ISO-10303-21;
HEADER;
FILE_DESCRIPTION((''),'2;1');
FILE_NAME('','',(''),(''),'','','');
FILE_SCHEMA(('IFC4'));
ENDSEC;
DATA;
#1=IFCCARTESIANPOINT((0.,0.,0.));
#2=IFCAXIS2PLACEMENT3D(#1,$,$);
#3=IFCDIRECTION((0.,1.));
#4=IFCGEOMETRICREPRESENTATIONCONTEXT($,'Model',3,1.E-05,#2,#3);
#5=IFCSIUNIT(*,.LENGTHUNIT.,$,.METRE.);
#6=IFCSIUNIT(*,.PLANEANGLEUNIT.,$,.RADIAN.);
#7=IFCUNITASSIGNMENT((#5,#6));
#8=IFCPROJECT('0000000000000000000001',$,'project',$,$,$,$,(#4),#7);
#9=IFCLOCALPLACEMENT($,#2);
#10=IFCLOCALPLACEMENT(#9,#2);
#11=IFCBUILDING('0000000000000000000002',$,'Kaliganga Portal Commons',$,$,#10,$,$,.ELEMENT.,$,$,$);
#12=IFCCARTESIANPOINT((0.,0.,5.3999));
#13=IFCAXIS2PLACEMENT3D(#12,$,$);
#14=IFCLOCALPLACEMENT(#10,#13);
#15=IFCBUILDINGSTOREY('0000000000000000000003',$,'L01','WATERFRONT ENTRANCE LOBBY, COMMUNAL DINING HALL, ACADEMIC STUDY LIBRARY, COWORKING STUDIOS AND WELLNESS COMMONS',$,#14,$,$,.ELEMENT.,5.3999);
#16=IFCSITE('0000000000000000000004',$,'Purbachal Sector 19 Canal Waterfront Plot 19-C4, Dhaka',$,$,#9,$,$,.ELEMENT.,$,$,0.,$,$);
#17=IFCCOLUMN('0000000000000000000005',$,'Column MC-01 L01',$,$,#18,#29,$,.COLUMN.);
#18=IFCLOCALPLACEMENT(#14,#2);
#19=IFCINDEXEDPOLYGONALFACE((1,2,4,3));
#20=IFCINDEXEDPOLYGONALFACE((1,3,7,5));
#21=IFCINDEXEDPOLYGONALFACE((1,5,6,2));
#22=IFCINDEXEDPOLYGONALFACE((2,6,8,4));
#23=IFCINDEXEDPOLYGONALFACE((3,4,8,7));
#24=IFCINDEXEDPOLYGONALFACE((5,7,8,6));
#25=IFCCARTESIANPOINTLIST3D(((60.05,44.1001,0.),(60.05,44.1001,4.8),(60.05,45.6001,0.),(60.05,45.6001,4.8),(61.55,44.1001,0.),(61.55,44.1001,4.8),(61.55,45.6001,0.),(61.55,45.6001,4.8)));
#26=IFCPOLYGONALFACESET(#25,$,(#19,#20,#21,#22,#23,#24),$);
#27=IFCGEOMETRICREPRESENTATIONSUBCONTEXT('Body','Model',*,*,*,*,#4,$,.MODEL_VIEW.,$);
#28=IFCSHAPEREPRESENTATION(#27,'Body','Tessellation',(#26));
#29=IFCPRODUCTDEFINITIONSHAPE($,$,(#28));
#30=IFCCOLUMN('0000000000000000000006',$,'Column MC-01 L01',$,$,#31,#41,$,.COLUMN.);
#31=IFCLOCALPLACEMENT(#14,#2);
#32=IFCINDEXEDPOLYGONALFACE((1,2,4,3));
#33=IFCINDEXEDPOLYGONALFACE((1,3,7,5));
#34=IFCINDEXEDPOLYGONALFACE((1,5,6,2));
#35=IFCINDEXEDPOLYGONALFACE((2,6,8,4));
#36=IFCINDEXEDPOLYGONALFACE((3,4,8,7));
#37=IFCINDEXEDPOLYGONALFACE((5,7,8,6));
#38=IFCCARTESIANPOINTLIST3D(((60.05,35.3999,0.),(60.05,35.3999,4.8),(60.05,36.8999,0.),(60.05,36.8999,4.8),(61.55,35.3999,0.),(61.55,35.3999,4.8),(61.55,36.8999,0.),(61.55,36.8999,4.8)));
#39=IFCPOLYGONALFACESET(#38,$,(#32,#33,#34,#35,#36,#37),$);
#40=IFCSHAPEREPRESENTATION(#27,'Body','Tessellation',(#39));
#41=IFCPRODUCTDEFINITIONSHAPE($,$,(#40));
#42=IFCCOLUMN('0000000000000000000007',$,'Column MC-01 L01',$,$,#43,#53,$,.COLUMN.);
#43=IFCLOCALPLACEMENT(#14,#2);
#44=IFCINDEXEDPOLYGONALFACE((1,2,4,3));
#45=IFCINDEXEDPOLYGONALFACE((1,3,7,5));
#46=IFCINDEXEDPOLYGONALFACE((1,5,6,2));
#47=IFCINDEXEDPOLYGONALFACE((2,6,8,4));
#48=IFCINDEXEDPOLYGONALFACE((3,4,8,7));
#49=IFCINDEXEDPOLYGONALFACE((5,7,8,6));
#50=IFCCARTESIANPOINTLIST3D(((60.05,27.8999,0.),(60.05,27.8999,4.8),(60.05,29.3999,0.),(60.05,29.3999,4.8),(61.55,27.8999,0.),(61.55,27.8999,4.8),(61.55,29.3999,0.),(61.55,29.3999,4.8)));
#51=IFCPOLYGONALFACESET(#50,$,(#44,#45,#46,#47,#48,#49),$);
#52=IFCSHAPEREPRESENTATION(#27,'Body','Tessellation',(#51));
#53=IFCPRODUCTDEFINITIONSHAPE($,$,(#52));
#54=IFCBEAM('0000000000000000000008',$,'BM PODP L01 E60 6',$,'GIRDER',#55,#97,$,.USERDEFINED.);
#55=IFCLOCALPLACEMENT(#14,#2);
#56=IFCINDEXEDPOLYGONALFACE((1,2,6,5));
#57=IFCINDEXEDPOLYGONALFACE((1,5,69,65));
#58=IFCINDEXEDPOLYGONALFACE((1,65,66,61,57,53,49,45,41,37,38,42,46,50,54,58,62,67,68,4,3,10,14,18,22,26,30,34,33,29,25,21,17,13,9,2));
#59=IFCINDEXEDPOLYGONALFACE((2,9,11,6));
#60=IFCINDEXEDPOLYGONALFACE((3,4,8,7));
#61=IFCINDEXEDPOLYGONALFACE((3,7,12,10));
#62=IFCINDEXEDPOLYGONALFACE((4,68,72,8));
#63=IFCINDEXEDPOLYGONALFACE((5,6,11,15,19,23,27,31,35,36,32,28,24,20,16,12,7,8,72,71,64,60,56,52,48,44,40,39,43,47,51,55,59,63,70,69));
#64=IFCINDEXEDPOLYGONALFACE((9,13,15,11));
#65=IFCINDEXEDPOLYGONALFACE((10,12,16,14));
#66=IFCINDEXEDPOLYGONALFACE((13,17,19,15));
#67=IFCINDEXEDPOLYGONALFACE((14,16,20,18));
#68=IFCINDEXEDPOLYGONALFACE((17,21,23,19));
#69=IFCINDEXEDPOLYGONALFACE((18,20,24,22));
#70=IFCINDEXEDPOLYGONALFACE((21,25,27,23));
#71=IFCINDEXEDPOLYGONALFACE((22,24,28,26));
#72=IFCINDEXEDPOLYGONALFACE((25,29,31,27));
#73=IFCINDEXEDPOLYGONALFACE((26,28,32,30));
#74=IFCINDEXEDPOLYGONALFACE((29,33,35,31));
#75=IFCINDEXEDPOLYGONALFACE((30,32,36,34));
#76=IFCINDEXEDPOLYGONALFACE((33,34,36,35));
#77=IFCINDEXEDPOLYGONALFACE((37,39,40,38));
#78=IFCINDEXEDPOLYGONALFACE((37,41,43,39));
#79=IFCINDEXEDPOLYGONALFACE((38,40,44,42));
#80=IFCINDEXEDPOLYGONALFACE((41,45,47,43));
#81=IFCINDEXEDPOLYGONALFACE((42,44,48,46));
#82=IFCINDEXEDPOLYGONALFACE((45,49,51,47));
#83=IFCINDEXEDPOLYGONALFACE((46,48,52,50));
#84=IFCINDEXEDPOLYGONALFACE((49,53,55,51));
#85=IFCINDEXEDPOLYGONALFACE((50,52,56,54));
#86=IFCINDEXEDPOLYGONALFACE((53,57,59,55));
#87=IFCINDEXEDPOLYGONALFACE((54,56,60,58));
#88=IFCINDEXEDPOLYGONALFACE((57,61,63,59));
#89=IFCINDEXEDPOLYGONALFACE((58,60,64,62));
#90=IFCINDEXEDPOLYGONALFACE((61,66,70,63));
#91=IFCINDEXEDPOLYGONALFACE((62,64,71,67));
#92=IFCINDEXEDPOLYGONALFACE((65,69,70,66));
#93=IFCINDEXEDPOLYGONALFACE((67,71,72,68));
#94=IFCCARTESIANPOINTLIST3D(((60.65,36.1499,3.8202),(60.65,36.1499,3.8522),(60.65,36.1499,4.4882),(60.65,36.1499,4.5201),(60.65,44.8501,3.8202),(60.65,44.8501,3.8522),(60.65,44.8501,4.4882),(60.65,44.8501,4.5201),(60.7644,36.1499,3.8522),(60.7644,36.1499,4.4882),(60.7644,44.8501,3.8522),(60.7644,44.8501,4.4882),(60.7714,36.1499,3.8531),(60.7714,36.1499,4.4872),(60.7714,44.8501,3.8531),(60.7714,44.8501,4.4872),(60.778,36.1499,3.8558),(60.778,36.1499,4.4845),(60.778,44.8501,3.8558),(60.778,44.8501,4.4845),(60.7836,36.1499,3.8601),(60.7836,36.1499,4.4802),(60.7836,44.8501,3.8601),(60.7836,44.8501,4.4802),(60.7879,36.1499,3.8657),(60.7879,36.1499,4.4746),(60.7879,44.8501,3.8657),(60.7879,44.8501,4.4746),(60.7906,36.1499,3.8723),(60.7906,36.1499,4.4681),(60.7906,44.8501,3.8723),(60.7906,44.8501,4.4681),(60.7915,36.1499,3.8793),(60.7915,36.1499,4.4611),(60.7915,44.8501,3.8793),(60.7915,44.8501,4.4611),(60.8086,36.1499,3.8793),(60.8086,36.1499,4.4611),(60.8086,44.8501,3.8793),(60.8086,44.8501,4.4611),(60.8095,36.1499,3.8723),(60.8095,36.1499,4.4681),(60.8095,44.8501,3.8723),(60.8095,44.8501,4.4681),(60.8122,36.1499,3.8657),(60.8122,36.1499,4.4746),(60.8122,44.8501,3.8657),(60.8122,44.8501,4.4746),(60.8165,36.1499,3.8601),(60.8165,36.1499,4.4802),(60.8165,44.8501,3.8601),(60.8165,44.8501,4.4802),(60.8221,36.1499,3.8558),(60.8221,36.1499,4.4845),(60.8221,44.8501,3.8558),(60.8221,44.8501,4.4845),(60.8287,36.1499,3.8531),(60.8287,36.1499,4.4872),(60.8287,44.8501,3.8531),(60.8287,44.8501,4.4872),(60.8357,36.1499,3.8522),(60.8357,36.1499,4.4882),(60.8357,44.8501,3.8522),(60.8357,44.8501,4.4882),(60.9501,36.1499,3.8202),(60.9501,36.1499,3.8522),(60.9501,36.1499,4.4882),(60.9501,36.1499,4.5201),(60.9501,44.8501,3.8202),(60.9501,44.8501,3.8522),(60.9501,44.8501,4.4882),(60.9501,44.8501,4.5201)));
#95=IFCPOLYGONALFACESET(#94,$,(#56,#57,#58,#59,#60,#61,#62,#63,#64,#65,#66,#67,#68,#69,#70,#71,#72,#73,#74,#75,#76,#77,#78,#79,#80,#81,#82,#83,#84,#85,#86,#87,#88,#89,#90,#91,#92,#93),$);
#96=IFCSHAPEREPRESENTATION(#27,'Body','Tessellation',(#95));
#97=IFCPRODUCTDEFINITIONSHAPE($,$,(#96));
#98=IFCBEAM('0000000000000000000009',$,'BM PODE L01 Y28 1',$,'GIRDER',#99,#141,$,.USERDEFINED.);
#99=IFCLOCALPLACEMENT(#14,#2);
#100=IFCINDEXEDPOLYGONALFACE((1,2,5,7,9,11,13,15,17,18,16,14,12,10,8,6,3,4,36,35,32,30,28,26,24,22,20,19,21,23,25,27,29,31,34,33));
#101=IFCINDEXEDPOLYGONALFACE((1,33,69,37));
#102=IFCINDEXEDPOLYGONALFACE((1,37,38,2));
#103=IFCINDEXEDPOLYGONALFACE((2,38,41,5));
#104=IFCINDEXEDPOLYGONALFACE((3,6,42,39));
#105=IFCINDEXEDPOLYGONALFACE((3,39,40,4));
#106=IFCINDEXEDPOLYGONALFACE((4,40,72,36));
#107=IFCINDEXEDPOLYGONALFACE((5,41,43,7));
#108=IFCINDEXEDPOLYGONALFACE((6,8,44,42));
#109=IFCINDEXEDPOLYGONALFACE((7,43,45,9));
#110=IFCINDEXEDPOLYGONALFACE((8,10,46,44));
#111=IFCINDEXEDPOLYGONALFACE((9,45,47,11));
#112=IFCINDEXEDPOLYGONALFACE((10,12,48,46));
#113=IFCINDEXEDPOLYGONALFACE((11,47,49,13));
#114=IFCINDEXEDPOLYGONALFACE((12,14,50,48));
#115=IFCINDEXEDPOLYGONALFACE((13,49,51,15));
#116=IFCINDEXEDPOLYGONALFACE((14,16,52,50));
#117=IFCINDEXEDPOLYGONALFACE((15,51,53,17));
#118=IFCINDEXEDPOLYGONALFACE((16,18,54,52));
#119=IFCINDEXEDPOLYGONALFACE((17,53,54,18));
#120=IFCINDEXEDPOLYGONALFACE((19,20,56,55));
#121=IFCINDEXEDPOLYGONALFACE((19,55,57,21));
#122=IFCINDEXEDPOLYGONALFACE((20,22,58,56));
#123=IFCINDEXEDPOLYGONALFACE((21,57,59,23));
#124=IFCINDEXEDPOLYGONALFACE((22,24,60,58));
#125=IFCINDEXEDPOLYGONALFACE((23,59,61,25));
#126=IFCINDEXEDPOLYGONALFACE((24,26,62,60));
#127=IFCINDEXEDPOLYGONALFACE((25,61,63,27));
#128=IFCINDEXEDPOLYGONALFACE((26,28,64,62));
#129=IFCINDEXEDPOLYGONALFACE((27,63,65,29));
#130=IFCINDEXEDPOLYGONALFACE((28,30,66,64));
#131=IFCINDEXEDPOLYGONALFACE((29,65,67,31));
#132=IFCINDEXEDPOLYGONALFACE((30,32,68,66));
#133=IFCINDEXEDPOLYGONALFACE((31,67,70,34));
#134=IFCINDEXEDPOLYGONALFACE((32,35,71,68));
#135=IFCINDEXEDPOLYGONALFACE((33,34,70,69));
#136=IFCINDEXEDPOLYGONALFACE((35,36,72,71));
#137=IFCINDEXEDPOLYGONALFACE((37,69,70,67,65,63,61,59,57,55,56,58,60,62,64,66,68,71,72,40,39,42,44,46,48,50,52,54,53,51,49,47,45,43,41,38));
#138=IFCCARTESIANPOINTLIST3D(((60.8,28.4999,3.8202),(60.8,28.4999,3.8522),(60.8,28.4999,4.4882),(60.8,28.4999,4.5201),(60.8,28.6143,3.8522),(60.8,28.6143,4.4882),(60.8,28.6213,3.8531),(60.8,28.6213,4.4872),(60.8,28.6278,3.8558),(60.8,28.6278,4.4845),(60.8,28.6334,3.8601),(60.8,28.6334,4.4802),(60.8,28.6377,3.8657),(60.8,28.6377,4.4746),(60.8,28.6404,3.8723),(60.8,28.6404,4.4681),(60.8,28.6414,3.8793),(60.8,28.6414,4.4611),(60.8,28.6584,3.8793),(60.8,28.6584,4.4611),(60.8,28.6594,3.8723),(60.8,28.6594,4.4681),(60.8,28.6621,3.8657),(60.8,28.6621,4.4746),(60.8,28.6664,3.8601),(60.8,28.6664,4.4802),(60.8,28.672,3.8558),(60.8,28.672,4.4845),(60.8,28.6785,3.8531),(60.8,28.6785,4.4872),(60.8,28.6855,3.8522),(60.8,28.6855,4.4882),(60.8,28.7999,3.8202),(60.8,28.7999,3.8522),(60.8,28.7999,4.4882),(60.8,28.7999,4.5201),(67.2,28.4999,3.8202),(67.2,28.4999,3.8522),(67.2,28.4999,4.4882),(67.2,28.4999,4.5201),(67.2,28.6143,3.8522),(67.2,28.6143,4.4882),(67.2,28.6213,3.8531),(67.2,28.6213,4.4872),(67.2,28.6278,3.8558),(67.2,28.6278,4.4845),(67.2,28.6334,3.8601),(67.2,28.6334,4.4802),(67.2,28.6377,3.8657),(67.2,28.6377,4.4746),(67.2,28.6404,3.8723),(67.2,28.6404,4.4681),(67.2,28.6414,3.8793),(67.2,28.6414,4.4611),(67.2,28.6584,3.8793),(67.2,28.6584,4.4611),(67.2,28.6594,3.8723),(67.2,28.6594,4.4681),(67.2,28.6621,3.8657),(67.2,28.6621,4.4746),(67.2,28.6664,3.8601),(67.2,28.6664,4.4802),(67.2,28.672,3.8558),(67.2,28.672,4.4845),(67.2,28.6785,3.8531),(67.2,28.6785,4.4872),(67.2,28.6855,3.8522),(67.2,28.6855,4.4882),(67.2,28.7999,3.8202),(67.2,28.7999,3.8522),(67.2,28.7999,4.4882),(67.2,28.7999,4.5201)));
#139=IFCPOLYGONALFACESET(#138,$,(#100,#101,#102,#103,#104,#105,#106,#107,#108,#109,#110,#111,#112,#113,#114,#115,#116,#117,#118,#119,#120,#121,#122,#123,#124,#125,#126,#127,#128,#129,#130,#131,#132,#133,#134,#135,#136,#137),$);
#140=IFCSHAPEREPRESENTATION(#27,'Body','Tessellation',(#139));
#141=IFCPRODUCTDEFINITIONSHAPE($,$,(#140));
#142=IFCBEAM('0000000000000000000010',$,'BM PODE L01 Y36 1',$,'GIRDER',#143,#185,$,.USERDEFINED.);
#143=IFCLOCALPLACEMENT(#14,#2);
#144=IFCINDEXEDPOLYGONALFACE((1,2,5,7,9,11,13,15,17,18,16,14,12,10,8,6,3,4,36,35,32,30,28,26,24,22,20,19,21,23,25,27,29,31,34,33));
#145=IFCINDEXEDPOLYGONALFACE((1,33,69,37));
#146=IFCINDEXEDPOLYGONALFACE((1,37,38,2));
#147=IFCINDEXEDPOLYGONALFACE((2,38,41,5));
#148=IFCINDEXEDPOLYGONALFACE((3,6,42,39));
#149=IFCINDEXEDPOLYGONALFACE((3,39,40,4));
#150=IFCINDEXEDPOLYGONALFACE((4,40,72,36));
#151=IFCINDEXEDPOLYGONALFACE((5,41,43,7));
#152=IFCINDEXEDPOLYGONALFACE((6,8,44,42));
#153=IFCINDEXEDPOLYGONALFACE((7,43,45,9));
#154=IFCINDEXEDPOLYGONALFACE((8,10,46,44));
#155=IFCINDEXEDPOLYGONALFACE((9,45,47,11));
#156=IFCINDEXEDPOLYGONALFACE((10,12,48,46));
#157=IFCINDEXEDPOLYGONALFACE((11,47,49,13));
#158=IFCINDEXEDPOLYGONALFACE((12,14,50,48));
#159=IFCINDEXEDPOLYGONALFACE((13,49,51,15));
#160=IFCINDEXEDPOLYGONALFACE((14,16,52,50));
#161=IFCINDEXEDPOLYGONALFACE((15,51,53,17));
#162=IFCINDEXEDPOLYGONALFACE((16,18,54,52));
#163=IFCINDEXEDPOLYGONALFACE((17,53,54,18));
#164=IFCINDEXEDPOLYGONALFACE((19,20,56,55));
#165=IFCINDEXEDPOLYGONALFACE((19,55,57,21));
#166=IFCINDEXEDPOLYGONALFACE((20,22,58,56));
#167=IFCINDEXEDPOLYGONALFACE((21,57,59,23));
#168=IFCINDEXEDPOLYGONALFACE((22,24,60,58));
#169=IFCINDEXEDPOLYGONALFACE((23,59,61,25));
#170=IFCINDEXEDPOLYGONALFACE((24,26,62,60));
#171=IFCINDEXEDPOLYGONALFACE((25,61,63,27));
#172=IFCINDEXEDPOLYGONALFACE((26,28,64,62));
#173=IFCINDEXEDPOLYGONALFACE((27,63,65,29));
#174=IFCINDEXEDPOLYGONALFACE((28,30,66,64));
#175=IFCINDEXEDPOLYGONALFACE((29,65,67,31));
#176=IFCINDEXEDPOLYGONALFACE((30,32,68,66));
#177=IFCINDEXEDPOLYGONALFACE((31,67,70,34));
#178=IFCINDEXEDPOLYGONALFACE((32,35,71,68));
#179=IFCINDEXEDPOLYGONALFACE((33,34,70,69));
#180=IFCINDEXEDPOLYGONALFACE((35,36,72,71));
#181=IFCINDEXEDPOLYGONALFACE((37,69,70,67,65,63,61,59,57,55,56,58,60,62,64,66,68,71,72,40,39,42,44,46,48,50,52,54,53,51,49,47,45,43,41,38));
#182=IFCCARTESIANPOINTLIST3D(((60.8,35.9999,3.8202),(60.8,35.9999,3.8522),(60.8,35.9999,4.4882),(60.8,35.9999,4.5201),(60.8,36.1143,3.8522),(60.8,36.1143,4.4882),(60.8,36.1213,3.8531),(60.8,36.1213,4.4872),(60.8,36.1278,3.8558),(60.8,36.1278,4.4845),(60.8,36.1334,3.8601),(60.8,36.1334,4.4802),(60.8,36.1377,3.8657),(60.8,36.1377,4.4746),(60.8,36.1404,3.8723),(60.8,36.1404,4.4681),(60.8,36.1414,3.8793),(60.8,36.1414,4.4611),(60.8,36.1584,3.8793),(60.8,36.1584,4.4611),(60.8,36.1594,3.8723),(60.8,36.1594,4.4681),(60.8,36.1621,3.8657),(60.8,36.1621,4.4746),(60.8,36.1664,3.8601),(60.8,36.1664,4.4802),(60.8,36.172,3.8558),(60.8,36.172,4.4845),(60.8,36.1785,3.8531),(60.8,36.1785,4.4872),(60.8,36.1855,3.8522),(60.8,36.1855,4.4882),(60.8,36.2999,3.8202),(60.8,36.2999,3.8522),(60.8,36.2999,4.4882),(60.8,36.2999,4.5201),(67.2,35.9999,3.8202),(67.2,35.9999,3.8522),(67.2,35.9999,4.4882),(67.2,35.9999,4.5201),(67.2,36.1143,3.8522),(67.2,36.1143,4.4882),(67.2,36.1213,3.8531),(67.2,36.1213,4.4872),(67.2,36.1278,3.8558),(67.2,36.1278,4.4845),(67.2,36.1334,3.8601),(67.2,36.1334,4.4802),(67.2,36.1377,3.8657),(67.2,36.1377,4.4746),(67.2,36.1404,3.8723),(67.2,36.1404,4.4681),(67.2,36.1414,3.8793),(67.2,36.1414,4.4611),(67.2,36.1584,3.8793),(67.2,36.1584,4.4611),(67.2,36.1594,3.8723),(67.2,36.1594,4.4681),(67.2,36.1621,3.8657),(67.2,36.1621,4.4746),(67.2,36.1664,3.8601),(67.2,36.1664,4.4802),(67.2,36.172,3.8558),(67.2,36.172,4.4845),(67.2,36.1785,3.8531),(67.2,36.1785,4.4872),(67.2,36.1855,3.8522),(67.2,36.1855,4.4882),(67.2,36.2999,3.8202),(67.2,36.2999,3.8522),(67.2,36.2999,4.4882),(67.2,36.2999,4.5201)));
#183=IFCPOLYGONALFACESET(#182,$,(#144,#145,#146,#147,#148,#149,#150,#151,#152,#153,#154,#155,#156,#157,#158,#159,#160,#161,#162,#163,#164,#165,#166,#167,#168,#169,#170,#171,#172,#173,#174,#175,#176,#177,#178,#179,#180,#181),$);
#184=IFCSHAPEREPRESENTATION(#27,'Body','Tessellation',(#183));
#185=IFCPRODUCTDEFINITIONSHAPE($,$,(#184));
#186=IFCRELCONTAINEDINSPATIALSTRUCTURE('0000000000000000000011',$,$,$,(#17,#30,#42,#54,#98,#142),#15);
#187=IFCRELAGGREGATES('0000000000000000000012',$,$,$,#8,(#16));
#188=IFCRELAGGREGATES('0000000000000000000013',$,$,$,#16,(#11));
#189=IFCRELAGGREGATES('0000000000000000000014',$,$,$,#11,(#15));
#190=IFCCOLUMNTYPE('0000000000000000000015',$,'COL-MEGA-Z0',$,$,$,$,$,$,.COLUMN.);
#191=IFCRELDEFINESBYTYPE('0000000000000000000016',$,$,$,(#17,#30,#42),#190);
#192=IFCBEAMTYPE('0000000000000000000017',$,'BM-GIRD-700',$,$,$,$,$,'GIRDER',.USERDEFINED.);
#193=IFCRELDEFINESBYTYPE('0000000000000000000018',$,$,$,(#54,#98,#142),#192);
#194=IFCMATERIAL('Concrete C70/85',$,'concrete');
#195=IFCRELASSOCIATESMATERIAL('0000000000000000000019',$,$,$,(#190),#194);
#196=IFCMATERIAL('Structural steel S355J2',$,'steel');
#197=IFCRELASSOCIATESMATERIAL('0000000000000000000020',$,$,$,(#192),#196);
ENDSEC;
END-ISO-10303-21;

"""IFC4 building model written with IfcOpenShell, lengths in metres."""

from ifc_helpers import new_model, si_unit, direction, frame, origin, origin_2d, place, context, subcontext, project, spatial, rectangle, i_section, extrude, source, transform, mapped, material, material_profile, profile_set, type_object, element, save


model = new_model("IFC4")

# Units and contexts
model_context = context("Model", 3, precision=1e-05, world=origin(), true_north=direction((0.0, 1.0)))
body_context = subcontext(model_context, "Body", "Model", "MODEL_VIEW")
ifc_project = project(units=[si_unit("LENGTHUNIT", "METRE"), si_unit("PLANEANGLEUNIT", "RADIAN")], contexts=[model_context])

# Site, building, storey
site_placement = place(None, origin())
site = spatial("IfcSite", under=ifc_project, at=site_placement, Name="Purbachal Sector 19 Canal Waterfront Plot 19-C4, Dhaka", CompositionType="ELEMENT", RefElevation=0.0)
building_placement = place(site_placement, origin())
building = spatial("IfcBuilding", under=site, at=building_placement, Name="Kaliganga Portal Commons", CompositionType="ELEMENT")
storey_placement = place(building_placement, frame((0.0, 0.0, 5.3999)))
storey = spatial("IfcBuildingStorey", under=building, at=storey_placement, Name="L01", Description="WATERFRONT ENTRANCE LOBBY, COMMUNAL DINING HALL, ACADEMIC STUDY LIBRARY, COWORKING STUDIOS AND WELLNESS COMMONS", CompositionType="ELEMENT", Elevation=5.3999)

# Columns
ifc_material_1 = material(Name="Concrete C70/85", Category="concrete")
ifc_material_profile_1 = material_profile(ifc_material_1, rectangle(XDim=1.5, YDim=1.5, at=origin_2d()), Name="RC 1500x1500")
ifc_profile_set_1 = profile_set([ifc_material_profile_1], Name="Concrete C70/85")
column_type = type_object("IfcColumnType", Name="COL-MEGA-Z0", PredefinedType="COLUMN", material=ifc_profile_set_1)
shared_shape_1 = source(origin(), body_context, "Body", "SweptSolid", [
    extrude(rectangle(XDim=1.5, YDim=1.5, at=origin_2d()), origin(), (0.0, 0.0, 1.0), 4.8),
])
for number, where, z_axis, x_axis, name in (
    (1, (60.8, 44.8501, 0.0), (0.0, 0.0, 1.0), (1.0, 0.0, 0.0), "Column MC-01 L01"),
    (2, (60.8, 36.1499, 0.0), (0.0, 0.0, 1.0), (1.0, 0.0, 0.0), "Column MC-01 L01"),
    (3, (60.8, 28.6499, 0.0), (0.0, 0.0, 1.0), (1.0, 0.0, 0.0), "Column MC-01 L01"),
):
    element("IfcColumn", number, at=place(storey_placement, frame(where, z_axis=z_axis, x_axis=x_axis)), inside=storey, type_object=column_type, Name=name, PredefinedType="COLUMN", context=body_context, shape_type="MappedRepresentation", body=[
        mapped(shared_shape_1, transform((0.0, 0.0, 0.0), x_axis=(1.0, 0.0, 0.0), y_axis=(0.0, 1.0, 0.0), z_axis=(0.0, 0.0, 1.0), scale=1.0)),
    ])

# Beams
ifc_material_2 = material(Name="Structural steel S355J2", Category="steel")
ifc_material_profile_2 = material_profile(ifc_material_2, i_section(OverallWidth=0.3, OverallDepth=0.7, WebThickness=0.0171, FlangeThickness=0.032, FilletRadius=0.0271, at=origin_2d()), Name="HE 700 B")
ifc_profile_set_2 = profile_set([ifc_material_profile_2], Name="Structural steel S355J2 wide-flange")
beam_type_1 = type_object("IfcBeamType", Name="BM-GIRD-700", ElementType="GIRDER", PredefinedType="USERDEFINED", material=ifc_profile_set_2)
shared_shape_2 = source(origin(), body_context, "Body", "SweptSolid", [
    extrude(i_section(OverallWidth=0.3, OverallDepth=0.7, WebThickness=0.0171, FlangeThickness=0.032, FilletRadius=0.0271, at=origin_2d()), origin(), (0.0, 0.0, 1.0), 8.7002),
])
beam_1_placement = place(storey_placement, frame((60.8, 36.1499, 4.1702), z_axis=(0.0, 1.0, 0.0), x_axis=(-1.0, 0.0, 0.0)))
element("IfcBeam", 4, at=beam_1_placement, inside=storey, type_object=beam_type_1, Name="BM PODP L01 E60 6", ObjectType="GIRDER", PredefinedType="USERDEFINED", context=body_context, shape_type="MappedRepresentation", body=[
    mapped(shared_shape_2, transform((0.0, 0.0, 0.0), x_axis=(1.0, 0.0, 0.0), y_axis=(0.0, 1.0, 0.0), z_axis=(0.0, 0.0, 1.0), scale=1.0)),
])
shared_shape_3 = source(origin(), body_context, "Body", "SweptSolid", [
    extrude(i_section(OverallWidth=0.3, OverallDepth=0.7, WebThickness=0.0171, FlangeThickness=0.032, FilletRadius=0.0271, at=origin_2d()), origin(), (0.0, 0.0, 1.0), 6.3999),
])
for number, where, z_axis, x_axis, name in (
    (5, (60.8, 28.6499, 4.1702), (1.0, 0.0, 0.0), (0.0, 1.0, 0.0), "BM PODE L01 Y28 1"),
    (6, (60.8, 36.1499, 4.1702), (1.0, 0.0, 0.0), (0.0, 1.0, 0.0), "BM PODE L01 Y36 1"),
):
    element("IfcBeam", number, at=place(storey_placement, frame(where, z_axis=z_axis, x_axis=x_axis)), inside=storey, type_object=beam_type_1, Name=name, ObjectType="GIRDER", PredefinedType="USERDEFINED", context=body_context, shape_type="MappedRepresentation", body=[
        mapped(shared_shape_3, transform((0.0, 0.0, 0.0), x_axis=(1.0, 0.0, 0.0), y_axis=(0.0, 1.0, 0.0), z_axis=(0.0, 0.0, 1.0), scale=1.0)),
    ])

save(model, "model.ifc")
